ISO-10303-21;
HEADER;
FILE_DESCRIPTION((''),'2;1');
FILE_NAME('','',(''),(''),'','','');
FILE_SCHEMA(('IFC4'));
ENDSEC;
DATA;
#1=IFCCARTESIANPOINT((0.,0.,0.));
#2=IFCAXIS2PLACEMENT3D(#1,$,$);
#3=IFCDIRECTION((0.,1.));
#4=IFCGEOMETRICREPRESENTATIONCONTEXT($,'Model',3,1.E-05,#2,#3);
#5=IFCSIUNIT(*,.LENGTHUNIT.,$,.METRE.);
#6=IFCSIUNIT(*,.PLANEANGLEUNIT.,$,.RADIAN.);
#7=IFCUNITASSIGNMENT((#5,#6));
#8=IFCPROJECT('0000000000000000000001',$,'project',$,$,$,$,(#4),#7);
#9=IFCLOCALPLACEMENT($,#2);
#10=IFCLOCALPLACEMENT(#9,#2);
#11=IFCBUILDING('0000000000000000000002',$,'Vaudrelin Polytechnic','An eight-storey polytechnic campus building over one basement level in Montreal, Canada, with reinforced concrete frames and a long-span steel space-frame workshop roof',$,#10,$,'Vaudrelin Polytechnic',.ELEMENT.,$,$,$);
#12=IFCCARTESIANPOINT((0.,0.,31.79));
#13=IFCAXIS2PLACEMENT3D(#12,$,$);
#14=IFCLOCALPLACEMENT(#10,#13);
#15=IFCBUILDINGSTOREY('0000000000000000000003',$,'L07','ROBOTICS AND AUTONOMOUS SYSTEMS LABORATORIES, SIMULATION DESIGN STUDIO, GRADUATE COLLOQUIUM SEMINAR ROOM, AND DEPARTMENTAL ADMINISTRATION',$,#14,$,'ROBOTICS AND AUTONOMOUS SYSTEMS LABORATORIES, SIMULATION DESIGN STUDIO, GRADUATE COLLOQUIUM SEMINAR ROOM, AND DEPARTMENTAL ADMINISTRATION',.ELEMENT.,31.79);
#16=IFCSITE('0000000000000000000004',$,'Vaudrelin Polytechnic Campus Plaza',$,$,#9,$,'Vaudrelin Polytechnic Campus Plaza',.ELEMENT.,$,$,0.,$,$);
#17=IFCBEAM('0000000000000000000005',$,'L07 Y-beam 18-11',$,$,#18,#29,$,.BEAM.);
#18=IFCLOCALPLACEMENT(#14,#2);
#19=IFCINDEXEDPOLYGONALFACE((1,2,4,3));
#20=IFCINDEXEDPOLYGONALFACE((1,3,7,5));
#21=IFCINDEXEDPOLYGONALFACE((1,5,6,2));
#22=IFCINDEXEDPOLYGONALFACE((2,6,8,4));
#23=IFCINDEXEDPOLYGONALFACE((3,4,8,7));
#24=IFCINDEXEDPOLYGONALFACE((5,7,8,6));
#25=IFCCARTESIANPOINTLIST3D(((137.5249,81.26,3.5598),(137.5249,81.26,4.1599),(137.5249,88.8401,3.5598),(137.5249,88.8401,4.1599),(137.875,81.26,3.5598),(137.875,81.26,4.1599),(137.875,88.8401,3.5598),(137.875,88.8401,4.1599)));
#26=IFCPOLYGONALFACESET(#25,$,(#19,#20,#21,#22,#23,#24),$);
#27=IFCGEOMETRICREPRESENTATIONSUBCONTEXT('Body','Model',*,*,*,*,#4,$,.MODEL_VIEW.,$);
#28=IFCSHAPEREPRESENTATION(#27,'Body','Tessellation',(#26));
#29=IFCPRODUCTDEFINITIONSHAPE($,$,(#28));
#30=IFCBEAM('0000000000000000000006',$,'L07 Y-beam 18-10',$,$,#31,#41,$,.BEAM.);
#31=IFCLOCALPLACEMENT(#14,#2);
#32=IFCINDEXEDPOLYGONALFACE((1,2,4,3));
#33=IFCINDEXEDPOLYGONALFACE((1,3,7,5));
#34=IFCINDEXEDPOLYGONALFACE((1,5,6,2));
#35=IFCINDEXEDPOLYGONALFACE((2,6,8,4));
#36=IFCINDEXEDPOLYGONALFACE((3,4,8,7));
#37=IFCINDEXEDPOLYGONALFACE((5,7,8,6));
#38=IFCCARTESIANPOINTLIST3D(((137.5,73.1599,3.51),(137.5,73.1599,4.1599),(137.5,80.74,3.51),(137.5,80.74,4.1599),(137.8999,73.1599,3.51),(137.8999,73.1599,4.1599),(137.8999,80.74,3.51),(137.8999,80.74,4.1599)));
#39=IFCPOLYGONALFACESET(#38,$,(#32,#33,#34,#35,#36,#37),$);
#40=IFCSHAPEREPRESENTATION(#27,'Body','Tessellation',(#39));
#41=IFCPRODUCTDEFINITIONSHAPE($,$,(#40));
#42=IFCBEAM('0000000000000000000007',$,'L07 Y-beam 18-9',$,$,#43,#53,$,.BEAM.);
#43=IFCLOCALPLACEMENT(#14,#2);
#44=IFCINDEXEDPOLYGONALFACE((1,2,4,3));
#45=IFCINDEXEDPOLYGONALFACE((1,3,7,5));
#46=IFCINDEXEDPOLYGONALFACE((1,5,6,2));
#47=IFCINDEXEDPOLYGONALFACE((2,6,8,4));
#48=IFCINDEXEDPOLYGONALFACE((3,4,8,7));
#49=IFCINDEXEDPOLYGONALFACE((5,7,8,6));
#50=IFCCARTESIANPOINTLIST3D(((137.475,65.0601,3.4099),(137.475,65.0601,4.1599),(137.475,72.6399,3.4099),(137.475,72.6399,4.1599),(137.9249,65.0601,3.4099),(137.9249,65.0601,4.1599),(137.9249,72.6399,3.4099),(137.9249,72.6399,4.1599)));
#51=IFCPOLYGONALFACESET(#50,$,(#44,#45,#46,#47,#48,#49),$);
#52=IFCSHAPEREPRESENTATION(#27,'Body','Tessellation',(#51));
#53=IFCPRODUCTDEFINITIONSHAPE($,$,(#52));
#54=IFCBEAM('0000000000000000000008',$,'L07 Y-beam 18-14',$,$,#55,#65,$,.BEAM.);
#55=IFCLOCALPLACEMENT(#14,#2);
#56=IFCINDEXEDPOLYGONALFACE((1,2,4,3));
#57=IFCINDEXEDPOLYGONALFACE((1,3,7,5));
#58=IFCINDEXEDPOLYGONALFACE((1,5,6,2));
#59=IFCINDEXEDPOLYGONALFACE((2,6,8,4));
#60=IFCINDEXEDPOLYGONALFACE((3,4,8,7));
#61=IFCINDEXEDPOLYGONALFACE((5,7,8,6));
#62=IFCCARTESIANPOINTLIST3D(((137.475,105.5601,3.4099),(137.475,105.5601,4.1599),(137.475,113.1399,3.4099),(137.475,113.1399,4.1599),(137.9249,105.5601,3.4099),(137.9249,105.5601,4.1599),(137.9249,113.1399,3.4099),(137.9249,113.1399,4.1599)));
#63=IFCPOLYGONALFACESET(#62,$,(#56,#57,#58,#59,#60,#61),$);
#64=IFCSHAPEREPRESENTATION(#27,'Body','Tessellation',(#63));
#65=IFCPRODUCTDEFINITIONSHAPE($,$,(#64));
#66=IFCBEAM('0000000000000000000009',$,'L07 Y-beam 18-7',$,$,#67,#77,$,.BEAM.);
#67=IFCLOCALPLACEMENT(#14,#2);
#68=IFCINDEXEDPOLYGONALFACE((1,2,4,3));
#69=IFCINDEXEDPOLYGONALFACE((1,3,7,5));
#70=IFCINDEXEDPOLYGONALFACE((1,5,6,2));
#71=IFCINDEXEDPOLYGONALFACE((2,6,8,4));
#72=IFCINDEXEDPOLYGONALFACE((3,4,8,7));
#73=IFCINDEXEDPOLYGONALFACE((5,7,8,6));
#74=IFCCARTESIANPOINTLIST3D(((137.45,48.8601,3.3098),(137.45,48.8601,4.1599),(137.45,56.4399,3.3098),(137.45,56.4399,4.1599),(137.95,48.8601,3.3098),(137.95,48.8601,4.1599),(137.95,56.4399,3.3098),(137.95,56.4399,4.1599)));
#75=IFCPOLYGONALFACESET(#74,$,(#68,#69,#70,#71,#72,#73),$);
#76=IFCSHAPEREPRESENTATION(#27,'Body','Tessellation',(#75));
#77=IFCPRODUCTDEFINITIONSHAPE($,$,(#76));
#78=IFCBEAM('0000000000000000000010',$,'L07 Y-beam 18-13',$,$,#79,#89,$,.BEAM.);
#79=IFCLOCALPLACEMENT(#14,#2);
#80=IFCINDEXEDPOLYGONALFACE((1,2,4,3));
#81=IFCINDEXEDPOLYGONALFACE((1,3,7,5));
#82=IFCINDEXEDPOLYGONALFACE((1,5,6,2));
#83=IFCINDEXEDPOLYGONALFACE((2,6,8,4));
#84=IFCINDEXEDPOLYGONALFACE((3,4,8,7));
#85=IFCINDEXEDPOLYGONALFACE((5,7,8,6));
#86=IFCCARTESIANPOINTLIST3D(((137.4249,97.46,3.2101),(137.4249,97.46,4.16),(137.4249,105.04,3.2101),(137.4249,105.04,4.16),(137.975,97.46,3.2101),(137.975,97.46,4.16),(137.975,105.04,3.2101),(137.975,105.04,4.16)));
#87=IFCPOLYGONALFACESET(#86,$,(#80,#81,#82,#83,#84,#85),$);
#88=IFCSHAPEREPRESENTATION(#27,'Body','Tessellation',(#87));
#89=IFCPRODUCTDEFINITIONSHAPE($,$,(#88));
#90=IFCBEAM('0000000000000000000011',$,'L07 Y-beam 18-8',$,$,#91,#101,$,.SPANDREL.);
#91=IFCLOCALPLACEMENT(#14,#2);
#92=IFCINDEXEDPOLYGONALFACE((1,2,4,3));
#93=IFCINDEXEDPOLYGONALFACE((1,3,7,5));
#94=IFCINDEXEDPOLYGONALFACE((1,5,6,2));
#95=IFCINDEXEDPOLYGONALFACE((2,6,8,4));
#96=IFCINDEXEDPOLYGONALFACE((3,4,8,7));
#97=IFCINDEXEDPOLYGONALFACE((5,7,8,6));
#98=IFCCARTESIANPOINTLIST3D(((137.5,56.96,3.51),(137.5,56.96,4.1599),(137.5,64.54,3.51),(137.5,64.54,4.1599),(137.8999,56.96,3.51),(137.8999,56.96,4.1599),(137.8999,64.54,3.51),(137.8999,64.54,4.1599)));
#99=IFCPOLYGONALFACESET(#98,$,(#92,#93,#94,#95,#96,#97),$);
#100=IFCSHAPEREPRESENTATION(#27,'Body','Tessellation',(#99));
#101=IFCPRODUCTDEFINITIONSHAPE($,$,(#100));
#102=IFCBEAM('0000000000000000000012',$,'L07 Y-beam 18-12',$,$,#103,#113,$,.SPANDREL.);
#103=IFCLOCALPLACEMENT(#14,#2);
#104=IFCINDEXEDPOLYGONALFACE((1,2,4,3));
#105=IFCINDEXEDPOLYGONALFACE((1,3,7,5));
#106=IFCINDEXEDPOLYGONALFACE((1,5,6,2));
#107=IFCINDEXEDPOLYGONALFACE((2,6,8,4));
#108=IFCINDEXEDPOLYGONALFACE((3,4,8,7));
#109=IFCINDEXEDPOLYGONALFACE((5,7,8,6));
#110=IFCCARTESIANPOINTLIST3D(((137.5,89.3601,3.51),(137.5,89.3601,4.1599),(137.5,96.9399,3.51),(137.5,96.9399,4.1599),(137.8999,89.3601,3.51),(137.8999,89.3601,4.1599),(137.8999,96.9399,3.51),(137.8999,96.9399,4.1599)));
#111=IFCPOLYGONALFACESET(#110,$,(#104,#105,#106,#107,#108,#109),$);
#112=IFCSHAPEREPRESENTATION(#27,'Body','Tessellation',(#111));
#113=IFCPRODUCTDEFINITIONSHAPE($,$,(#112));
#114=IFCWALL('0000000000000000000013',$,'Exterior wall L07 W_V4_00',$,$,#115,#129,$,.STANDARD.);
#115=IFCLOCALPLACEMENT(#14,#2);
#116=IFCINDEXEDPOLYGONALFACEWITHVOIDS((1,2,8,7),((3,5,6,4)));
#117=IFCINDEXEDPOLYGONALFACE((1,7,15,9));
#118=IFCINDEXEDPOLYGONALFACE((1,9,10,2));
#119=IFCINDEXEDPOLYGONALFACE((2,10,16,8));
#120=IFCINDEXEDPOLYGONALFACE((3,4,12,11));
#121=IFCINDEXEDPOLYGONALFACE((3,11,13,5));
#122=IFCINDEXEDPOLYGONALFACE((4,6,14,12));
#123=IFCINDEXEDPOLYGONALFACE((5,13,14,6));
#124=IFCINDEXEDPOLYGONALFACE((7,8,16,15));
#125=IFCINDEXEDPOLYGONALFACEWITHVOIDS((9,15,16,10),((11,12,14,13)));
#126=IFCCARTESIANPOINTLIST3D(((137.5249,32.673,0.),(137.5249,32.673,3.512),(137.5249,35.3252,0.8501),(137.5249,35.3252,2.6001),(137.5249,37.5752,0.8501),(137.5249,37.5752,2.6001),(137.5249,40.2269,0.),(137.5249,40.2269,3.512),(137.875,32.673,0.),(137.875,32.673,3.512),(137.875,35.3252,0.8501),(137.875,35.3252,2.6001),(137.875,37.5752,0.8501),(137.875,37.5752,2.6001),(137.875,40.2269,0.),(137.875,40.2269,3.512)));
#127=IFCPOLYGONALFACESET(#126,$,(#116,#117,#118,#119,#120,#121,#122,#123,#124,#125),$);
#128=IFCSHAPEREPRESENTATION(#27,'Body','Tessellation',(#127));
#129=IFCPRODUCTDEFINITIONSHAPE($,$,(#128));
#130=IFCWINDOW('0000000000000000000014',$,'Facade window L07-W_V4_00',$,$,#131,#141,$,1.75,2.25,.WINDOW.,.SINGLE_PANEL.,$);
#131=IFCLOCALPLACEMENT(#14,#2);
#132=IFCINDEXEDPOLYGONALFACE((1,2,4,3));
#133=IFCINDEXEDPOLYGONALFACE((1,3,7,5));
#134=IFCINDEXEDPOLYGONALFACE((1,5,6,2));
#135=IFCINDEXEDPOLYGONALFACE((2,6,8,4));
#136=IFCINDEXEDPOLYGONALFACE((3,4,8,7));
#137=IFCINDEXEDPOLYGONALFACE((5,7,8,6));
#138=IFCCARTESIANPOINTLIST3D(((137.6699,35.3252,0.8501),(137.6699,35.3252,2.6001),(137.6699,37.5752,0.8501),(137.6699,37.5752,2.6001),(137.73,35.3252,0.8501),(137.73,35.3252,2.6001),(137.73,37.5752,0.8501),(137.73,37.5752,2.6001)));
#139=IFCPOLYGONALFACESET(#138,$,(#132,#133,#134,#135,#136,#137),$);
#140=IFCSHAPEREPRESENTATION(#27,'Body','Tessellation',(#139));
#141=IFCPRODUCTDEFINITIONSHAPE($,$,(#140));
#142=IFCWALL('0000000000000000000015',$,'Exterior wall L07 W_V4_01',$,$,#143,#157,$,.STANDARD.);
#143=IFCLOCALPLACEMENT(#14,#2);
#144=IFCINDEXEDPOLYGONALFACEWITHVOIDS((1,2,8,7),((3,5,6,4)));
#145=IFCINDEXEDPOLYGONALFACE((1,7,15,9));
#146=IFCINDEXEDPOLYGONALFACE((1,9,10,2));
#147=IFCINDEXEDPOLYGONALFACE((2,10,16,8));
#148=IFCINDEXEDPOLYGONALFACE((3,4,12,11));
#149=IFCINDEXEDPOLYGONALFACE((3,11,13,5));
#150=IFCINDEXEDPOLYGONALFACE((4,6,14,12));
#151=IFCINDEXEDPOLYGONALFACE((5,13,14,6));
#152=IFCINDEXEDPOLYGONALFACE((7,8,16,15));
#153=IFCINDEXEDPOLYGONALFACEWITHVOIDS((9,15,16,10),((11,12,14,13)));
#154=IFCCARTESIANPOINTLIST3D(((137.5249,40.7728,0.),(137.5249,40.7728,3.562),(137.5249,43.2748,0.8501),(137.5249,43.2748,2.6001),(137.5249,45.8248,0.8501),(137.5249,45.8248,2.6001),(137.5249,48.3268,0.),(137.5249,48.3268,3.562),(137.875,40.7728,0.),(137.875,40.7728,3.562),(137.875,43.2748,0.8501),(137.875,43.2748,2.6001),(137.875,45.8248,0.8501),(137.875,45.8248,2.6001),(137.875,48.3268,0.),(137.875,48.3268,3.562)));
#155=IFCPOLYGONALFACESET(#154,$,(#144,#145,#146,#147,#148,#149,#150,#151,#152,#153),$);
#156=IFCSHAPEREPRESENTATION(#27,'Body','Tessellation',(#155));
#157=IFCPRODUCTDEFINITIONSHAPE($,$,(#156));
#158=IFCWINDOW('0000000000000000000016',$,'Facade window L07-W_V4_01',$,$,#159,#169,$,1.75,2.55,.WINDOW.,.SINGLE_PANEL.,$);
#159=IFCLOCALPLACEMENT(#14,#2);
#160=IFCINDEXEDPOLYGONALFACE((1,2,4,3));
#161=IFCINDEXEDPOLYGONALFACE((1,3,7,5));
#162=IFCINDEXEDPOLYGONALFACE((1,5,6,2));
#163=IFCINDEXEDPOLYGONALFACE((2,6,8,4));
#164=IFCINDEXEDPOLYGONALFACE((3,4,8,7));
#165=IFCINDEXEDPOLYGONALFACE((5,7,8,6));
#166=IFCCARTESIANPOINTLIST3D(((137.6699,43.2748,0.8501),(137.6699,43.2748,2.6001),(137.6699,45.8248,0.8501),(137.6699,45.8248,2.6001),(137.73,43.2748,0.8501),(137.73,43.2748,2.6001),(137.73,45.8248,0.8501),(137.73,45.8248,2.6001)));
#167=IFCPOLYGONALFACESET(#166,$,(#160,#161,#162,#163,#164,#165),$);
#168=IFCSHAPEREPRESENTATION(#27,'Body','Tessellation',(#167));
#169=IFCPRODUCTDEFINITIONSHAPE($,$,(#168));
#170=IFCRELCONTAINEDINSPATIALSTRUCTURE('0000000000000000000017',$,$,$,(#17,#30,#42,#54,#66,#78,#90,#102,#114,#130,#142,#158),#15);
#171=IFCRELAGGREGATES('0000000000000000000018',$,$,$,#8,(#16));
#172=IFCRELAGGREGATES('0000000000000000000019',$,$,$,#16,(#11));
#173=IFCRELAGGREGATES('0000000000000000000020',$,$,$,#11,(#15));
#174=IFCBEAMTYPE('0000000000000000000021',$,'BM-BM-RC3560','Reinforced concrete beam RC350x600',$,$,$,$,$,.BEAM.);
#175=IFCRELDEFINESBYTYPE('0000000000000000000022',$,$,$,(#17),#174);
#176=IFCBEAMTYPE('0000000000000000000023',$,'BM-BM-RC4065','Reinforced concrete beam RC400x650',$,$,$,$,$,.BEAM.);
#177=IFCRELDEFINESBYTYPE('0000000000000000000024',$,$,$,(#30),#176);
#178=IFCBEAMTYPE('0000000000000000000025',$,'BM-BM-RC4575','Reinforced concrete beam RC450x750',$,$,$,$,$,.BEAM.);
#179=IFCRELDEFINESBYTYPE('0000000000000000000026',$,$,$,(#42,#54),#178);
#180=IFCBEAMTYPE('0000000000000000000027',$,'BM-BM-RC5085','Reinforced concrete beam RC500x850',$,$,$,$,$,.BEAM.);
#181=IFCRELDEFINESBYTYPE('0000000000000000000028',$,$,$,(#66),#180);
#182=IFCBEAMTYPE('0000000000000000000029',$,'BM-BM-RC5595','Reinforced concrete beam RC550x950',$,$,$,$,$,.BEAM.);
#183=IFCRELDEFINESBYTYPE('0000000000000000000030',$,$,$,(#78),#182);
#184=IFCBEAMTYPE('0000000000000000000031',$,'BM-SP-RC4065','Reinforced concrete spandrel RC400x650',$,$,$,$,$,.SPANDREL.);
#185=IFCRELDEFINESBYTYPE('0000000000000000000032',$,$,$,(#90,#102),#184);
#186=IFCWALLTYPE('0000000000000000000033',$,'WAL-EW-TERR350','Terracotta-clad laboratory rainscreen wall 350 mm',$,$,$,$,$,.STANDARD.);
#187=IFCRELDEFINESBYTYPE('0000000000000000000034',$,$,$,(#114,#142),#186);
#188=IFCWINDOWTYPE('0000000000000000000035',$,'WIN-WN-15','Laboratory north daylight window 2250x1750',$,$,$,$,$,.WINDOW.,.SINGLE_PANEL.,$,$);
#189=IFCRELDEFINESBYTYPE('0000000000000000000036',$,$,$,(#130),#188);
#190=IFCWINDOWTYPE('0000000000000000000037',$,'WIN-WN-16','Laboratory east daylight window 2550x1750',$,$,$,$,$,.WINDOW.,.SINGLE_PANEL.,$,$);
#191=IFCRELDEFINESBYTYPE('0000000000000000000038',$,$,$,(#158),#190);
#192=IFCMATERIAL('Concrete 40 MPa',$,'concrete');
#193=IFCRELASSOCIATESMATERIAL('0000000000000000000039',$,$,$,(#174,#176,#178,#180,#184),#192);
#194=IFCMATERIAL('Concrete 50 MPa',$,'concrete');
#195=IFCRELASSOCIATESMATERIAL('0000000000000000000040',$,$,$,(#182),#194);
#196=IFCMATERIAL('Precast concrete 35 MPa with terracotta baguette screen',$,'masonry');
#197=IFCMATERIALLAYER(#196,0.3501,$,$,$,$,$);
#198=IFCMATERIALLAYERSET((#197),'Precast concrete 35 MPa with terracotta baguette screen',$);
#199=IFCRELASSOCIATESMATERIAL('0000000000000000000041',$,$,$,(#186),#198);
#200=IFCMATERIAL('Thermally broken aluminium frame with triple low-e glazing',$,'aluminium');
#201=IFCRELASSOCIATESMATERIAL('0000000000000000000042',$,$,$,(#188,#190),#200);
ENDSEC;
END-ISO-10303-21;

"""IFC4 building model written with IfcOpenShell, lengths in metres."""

from ifc_helpers import new_model, si_unit, direction, frame, frame_2d, origin, origin_2d, place, context, subcontext, project, spatial, rectangle, extrude, material, layer, layer_set, material_profile, profile_set, type_object, element, fill, save


model = new_model("IFC4")

# Units and contexts
model_context = context("Model", 3, precision=1e-05, world=origin(), true_north=direction((0.0, 1.0)))
body_context = subcontext(model_context, "Body", "Model", "MODEL_VIEW")
ifc_project = project(units=[si_unit("LENGTHUNIT", "METRE"), si_unit("PLANEANGLEUNIT", "RADIAN")], contexts=[model_context])

# Site, building, storey
site_placement = place(None, origin())
site = spatial("IfcSite", under=ifc_project, at=site_placement, Name="Vaudrelin Polytechnic Campus Plaza", LongName="Vaudrelin Polytechnic Campus Plaza", CompositionType="ELEMENT", RefElevation=0.0)
building_placement = place(site_placement, origin())
building = spatial("IfcBuilding", under=site, at=building_placement, Name="Vaudrelin Polytechnic", Description="An eight-storey polytechnic campus building over one basement level in Montreal, Canada, with reinforced concrete frames and a long-span steel space-frame workshop roof", LongName="Vaudrelin Polytechnic", CompositionType="ELEMENT")
storey_placement = place(building_placement, frame((0.0, 0.0, 31.79)))
storey = spatial("IfcBuildingStorey", under=building, at=storey_placement, Name="L07", Description="ROBOTICS AND AUTONOMOUS SYSTEMS LABORATORIES, SIMULATION DESIGN STUDIO, GRADUATE COLLOQUIUM SEMINAR ROOM, AND DEPARTMENTAL ADMINISTRATION", LongName="ROBOTICS AND AUTONOMOUS SYSTEMS LABORATORIES, SIMULATION DESIGN STUDIO, GRADUATE COLLOQUIUM SEMINAR ROOM, AND DEPARTMENTAL ADMINISTRATION", CompositionType="ELEMENT", Elevation=31.79)

# Beams
ifc_material_1 = material(Name="Concrete 40 MPa", Category="concrete")
ifc_material_profile_1 = material_profile(ifc_material_1, rectangle(XDim=0.3501, YDim=0.6001, at=origin_2d()), Name="RC350x600")
ifc_profile_set_1 = profile_set([ifc_material_profile_1], Name="Concrete 40 MPa")
beam_type_1 = type_object("IfcBeamType", Name="BM-BM-RC3560", Description="Reinforced concrete beam RC350x600", PredefinedType="BEAM", material=ifc_profile_set_1)
beam_1_placement = place(storey_placement, frame((137.7, 81.26, 3.8599), z_axis=(0.0, 1.0, 0.0), x_axis=(-1.0, 0.0, 0.0)))
element("IfcBeam", 1, at=beam_1_placement, inside=storey, type_object=beam_type_1, Name="L07 Y-beam 18-11", PredefinedType="BEAM", context=body_context, shape_type="SweptSolid", body=[
    extrude(rectangle(XDim=0.3501, YDim=0.6001, at=origin_2d()), origin(), (0.0, 0.0, 1.0), 7.5801),
])
ifc_material_profile_2 = material_profile(ifc_material_1, rectangle(XDim=0.3999, YDim=0.6499, at=origin_2d()), Name="RC400x650")
ifc_profile_set_2 = profile_set([ifc_material_profile_2], Name="Concrete 40 MPa")
beam_type_2 = type_object("IfcBeamType", Name="BM-BM-RC4065", Description="Reinforced concrete beam RC400x650", PredefinedType="BEAM", material=ifc_profile_set_2)
beam_2_placement = place(storey_placement, frame((137.7, 73.1599, 3.835), z_axis=(0.0, 1.0, 0.0), x_axis=(-1.0, 0.0, 0.0)))
element("IfcBeam", 2, at=beam_2_placement, inside=storey, type_object=beam_type_2, Name="L07 Y-beam 18-10", PredefinedType="BEAM", context=body_context, shape_type="SweptSolid", body=[
    extrude(rectangle(XDim=0.3999, YDim=0.6499, at=origin_2d()), origin(), (0.0, 0.0, 1.0), 7.5801),
])
ifc_material_profile_3 = material_profile(ifc_material_1, rectangle(XDim=0.45, YDim=0.75, at=origin_2d()), Name="RC450x750")
ifc_profile_set_3 = profile_set([ifc_material_profile_3], Name="Concrete 40 MPa")
beam_type_3 = type_object("IfcBeamType", Name="BM-BM-RC4575", Description="Reinforced concrete beam RC450x750", PredefinedType="BEAM", material=ifc_profile_set_3)
for number, where, z_axis, x_axis, name in (
    (3, (137.7, 65.0601, 3.7849), (0.0, 1.0, 0.0), (-1.0, 0.0, 0.0), "L07 Y-beam 18-9"),
    (4, (137.7, 105.5601, 3.7849), (0.0, 1.0, 0.0), (-1.0, 0.0, 0.0), "L07 Y-beam 18-14"),
):
    element("IfcBeam", number, at=place(storey_placement, frame(where, z_axis=z_axis, x_axis=x_axis)), inside=storey, type_object=beam_type_3, Name=name, PredefinedType="BEAM", context=body_context, shape_type="SweptSolid", body=[
        extrude(rectangle(XDim=0.45, YDim=0.75, at=origin_2d()), origin(), (0.0, 0.0, 1.0), 7.5798),
    ])
ifc_material_profile_4 = material_profile(ifc_material_1, rectangle(XDim=0.5, YDim=0.8501, at=origin_2d()), Name="RC500x850")
ifc_profile_set_4 = profile_set([ifc_material_profile_4], Name="Concrete 40 MPa")
beam_type_4 = type_object("IfcBeamType", Name="BM-BM-RC5085", Description="Reinforced concrete beam RC500x850", PredefinedType="BEAM", material=ifc_profile_set_4)
beam_3_placement = place(storey_placement, frame((137.7, 48.8601, 3.7349), z_axis=(0.0, 1.0, 0.0), x_axis=(-1.0, 0.0, 0.0)))
element("IfcBeam", 5, at=beam_3_placement, inside=storey, type_object=beam_type_4, Name="L07 Y-beam 18-7", PredefinedType="BEAM", context=body_context, shape_type="SweptSolid", body=[
    extrude(rectangle(XDim=0.5, YDim=0.8501, at=origin_2d()), origin(), (0.0, 0.0, 1.0), 7.5798),
])
ifc_material_2 = material(Name="Concrete 50 MPa", Category="concrete")
ifc_material_profile_5 = material_profile(ifc_material_2, rectangle(XDim=0.55, YDim=0.95, at=origin_2d()), Name="RC550x950")
ifc_profile_set_5 = profile_set([ifc_material_profile_5], Name="Concrete 50 MPa")
beam_type_5 = type_object("IfcBeamType", Name="BM-BM-RC5595", Description="Reinforced concrete beam RC550x950", PredefinedType="BEAM", material=ifc_profile_set_5)
beam_4_placement = place(storey_placement, frame((137.7, 97.46, 3.6851), z_axis=(0.0, 1.0, 0.0), x_axis=(-1.0, 0.0, 0.0)))
element("IfcBeam", 6, at=beam_4_placement, inside=storey, type_object=beam_type_5, Name="L07 Y-beam 18-13", PredefinedType="BEAM", context=body_context, shape_type="SweptSolid", body=[
    extrude(rectangle(XDim=0.55, YDim=0.95, at=origin_2d()), origin(), (0.0, 0.0, 1.0), 7.5801),
])
ifc_material_profile_6 = material_profile(ifc_material_1, rectangle(XDim=0.3999, YDim=0.6499, at=origin_2d()), Name="RC400x650")
ifc_profile_set_6 = profile_set([ifc_material_profile_6], Name="Concrete 40 MPa")
beam_type_6 = type_object("IfcBeamType", Name="BM-SP-RC4065", Description="Reinforced concrete spandrel RC400x650", PredefinedType="SPANDREL", material=ifc_profile_set_6)
beam_5_placement = place(storey_placement, frame((137.7, 56.96, 3.835), z_axis=(0.0, 1.0, 0.0), x_axis=(-1.0, 0.0, 0.0)))
element("IfcBeam", 7, at=beam_5_placement, inside=storey, type_object=beam_type_6, Name="L07 Y-beam 18-8", PredefinedType="SPANDREL", context=body_context, shape_type="SweptSolid", body=[
    extrude(rectangle(XDim=0.3999, YDim=0.6499, at=origin_2d()), origin(), (0.0, 0.0, 1.0), 7.5801),
])
beam_6_placement = place(storey_placement, frame((137.7, 89.3601, 3.835), z_axis=(0.0, 1.0, 0.0), x_axis=(-1.0, 0.0, 0.0)))
element("IfcBeam", 8, at=beam_6_placement, inside=storey, type_object=beam_type_6, Name="L07 Y-beam 18-12", PredefinedType="SPANDREL", context=body_context, shape_type="SweptSolid", body=[
    extrude(rectangle(XDim=0.3999, YDim=0.6499, at=origin_2d()), origin(), (0.0, 0.0, 1.0), 7.5798),
])

# Walls, openings, windows
ifc_material_3 = material(Name="Precast concrete 35 MPa with terracotta baguette screen", Category="masonry")
ifc_layer = layer(ifc_material_3, 0.3501)
ifc_layer_set = layer_set([ifc_layer], Name="Precast concrete 35 MPa with terracotta baguette screen")
wall_type = type_object("IfcWallType", Name="WAL-EW-TERR350", Description="Terracotta-clad laboratory rainscreen wall 350 mm", PredefinedType="STANDARD", material=ifc_layer_set)
wall_1_placement = place(storey_placement, frame((137.7, 32.6731, 0.0), z_axis=(0.0, 0.0, 1.0), x_axis=(0.0, 1.0, 0.0)))
wall_1 = element("IfcWall", 9, at=wall_1_placement, inside=storey, type_object=wall_type, Name="Exterior wall L07 W_V4_00", PredefinedType="STANDARD", context=body_context, shape_type="SweptSolid", body=[
    extrude(rectangle(XDim=7.554, YDim=0.3501, at=frame_2d((3.7769, 0.0))), origin(), (0.0, 0.0, 1.0), 3.512),
])
opening_1_placement = place(wall_1_placement, frame((2.6521, 0.0, 0.8501)))
opening_1 = element("IfcOpeningElement", 10, at=opening_1_placement, cuts=wall_1, PredefinedType="OPENING", context=body_context, shape_type="SweptSolid", body=[
    extrude(rectangle(XDim=2.25, YDim=1.75, at=frame_2d((1.125, 0.875))), frame((0.0, 0.1851, 0.0), z_axis=(0.0, -1.0, 0.0), x_axis=(1.0, 0.0, 0.0)), (0.0, 0.0, 1.0), 0.3701),
])
ifc_material_4 = material(Name="Thermally broken aluminium frame with triple low-e glazing", Category="aluminium")
window_type_1 = type_object("IfcWindowType", Name="WIN-WN-15", Description="Laboratory north daylight window 2250x1750", PartitioningType="SINGLE_PANEL", PredefinedType="WINDOW", material=ifc_material_4)
window_1_placement = place(opening_1_placement, origin())
window_1 = element("IfcWindow", 11, at=window_1_placement, inside=storey, type_object=window_type_1, Name="Facade window L07-W_V4_00", OverallHeight=1.75, OverallWidth=2.25, PartitioningType="SINGLE_PANEL", PredefinedType="WINDOW", context=body_context, shape_type="SweptSolid", body=[
    extrude(rectangle(XDim=2.25, YDim=1.75, at=frame_2d((1.125, 0.875))), frame((0.0, 0.03, 0.0), z_axis=(0.0, -1.0, 0.0), x_axis=(1.0, 0.0, 0.0)), (0.0, 0.0, 1.0), 0.0601),
])
fill(opening_1, window_1)
wall_2_placement = place(storey_placement, frame((137.7, 40.7729, 0.0), z_axis=(0.0, 0.0, 1.0), x_axis=(0.0, 1.0, 0.0)))
wall_2 = element("IfcWall", 12, at=wall_2_placement, inside=storey, type_object=wall_type, Name="Exterior wall L07 W_V4_01", PredefinedType="STANDARD", context=body_context, shape_type="SweptSolid", body=[
    extrude(rectangle(XDim=7.554, YDim=0.3501, at=frame_2d((3.7769, 0.0))), origin(), (0.0, 0.0, 1.0), 3.562),
])
opening_2_placement = place(wall_2_placement, frame((2.502, 0.0, 0.8501)))
opening_2 = element("IfcOpeningElement", 13, at=opening_2_placement, cuts=wall_2, PredefinedType="OPENING", context=body_context, shape_type="SweptSolid", body=[
    extrude(rectangle(XDim=2.55, YDim=1.75, at=frame_2d((1.2749, 0.875))), frame((0.0, 0.1851, 0.0), z_axis=(0.0, -1.0, 0.0), x_axis=(1.0, 0.0, 0.0)), (0.0, 0.0, 1.0), 0.3701),
])
window_type_2 = type_object("IfcWindowType", Name="WIN-WN-16", Description="Laboratory east daylight window 2550x1750", PartitioningType="SINGLE_PANEL", PredefinedType="WINDOW", material=ifc_material_4)
window_2_placement = place(opening_2_placement, origin())
window_2 = element("IfcWindow", 14, at=window_2_placement, inside=storey, type_object=window_type_2, Name="Facade window L07-W_V4_01", OverallHeight=1.75, OverallWidth=2.55, PartitioningType="SINGLE_PANEL", PredefinedType="WINDOW", context=body_context, shape_type="SweptSolid", body=[
    extrude(rectangle(XDim=2.55, YDim=1.75, at=frame_2d((1.2749, 0.875))), frame((0.0, 0.03, 0.0), z_axis=(0.0, -1.0, 0.0), x_axis=(1.0, 0.0, 0.0)), (0.0, 0.0, 1.0), 0.0601),
])
fill(opening_2, window_2)

save(model, "model.ifc")
